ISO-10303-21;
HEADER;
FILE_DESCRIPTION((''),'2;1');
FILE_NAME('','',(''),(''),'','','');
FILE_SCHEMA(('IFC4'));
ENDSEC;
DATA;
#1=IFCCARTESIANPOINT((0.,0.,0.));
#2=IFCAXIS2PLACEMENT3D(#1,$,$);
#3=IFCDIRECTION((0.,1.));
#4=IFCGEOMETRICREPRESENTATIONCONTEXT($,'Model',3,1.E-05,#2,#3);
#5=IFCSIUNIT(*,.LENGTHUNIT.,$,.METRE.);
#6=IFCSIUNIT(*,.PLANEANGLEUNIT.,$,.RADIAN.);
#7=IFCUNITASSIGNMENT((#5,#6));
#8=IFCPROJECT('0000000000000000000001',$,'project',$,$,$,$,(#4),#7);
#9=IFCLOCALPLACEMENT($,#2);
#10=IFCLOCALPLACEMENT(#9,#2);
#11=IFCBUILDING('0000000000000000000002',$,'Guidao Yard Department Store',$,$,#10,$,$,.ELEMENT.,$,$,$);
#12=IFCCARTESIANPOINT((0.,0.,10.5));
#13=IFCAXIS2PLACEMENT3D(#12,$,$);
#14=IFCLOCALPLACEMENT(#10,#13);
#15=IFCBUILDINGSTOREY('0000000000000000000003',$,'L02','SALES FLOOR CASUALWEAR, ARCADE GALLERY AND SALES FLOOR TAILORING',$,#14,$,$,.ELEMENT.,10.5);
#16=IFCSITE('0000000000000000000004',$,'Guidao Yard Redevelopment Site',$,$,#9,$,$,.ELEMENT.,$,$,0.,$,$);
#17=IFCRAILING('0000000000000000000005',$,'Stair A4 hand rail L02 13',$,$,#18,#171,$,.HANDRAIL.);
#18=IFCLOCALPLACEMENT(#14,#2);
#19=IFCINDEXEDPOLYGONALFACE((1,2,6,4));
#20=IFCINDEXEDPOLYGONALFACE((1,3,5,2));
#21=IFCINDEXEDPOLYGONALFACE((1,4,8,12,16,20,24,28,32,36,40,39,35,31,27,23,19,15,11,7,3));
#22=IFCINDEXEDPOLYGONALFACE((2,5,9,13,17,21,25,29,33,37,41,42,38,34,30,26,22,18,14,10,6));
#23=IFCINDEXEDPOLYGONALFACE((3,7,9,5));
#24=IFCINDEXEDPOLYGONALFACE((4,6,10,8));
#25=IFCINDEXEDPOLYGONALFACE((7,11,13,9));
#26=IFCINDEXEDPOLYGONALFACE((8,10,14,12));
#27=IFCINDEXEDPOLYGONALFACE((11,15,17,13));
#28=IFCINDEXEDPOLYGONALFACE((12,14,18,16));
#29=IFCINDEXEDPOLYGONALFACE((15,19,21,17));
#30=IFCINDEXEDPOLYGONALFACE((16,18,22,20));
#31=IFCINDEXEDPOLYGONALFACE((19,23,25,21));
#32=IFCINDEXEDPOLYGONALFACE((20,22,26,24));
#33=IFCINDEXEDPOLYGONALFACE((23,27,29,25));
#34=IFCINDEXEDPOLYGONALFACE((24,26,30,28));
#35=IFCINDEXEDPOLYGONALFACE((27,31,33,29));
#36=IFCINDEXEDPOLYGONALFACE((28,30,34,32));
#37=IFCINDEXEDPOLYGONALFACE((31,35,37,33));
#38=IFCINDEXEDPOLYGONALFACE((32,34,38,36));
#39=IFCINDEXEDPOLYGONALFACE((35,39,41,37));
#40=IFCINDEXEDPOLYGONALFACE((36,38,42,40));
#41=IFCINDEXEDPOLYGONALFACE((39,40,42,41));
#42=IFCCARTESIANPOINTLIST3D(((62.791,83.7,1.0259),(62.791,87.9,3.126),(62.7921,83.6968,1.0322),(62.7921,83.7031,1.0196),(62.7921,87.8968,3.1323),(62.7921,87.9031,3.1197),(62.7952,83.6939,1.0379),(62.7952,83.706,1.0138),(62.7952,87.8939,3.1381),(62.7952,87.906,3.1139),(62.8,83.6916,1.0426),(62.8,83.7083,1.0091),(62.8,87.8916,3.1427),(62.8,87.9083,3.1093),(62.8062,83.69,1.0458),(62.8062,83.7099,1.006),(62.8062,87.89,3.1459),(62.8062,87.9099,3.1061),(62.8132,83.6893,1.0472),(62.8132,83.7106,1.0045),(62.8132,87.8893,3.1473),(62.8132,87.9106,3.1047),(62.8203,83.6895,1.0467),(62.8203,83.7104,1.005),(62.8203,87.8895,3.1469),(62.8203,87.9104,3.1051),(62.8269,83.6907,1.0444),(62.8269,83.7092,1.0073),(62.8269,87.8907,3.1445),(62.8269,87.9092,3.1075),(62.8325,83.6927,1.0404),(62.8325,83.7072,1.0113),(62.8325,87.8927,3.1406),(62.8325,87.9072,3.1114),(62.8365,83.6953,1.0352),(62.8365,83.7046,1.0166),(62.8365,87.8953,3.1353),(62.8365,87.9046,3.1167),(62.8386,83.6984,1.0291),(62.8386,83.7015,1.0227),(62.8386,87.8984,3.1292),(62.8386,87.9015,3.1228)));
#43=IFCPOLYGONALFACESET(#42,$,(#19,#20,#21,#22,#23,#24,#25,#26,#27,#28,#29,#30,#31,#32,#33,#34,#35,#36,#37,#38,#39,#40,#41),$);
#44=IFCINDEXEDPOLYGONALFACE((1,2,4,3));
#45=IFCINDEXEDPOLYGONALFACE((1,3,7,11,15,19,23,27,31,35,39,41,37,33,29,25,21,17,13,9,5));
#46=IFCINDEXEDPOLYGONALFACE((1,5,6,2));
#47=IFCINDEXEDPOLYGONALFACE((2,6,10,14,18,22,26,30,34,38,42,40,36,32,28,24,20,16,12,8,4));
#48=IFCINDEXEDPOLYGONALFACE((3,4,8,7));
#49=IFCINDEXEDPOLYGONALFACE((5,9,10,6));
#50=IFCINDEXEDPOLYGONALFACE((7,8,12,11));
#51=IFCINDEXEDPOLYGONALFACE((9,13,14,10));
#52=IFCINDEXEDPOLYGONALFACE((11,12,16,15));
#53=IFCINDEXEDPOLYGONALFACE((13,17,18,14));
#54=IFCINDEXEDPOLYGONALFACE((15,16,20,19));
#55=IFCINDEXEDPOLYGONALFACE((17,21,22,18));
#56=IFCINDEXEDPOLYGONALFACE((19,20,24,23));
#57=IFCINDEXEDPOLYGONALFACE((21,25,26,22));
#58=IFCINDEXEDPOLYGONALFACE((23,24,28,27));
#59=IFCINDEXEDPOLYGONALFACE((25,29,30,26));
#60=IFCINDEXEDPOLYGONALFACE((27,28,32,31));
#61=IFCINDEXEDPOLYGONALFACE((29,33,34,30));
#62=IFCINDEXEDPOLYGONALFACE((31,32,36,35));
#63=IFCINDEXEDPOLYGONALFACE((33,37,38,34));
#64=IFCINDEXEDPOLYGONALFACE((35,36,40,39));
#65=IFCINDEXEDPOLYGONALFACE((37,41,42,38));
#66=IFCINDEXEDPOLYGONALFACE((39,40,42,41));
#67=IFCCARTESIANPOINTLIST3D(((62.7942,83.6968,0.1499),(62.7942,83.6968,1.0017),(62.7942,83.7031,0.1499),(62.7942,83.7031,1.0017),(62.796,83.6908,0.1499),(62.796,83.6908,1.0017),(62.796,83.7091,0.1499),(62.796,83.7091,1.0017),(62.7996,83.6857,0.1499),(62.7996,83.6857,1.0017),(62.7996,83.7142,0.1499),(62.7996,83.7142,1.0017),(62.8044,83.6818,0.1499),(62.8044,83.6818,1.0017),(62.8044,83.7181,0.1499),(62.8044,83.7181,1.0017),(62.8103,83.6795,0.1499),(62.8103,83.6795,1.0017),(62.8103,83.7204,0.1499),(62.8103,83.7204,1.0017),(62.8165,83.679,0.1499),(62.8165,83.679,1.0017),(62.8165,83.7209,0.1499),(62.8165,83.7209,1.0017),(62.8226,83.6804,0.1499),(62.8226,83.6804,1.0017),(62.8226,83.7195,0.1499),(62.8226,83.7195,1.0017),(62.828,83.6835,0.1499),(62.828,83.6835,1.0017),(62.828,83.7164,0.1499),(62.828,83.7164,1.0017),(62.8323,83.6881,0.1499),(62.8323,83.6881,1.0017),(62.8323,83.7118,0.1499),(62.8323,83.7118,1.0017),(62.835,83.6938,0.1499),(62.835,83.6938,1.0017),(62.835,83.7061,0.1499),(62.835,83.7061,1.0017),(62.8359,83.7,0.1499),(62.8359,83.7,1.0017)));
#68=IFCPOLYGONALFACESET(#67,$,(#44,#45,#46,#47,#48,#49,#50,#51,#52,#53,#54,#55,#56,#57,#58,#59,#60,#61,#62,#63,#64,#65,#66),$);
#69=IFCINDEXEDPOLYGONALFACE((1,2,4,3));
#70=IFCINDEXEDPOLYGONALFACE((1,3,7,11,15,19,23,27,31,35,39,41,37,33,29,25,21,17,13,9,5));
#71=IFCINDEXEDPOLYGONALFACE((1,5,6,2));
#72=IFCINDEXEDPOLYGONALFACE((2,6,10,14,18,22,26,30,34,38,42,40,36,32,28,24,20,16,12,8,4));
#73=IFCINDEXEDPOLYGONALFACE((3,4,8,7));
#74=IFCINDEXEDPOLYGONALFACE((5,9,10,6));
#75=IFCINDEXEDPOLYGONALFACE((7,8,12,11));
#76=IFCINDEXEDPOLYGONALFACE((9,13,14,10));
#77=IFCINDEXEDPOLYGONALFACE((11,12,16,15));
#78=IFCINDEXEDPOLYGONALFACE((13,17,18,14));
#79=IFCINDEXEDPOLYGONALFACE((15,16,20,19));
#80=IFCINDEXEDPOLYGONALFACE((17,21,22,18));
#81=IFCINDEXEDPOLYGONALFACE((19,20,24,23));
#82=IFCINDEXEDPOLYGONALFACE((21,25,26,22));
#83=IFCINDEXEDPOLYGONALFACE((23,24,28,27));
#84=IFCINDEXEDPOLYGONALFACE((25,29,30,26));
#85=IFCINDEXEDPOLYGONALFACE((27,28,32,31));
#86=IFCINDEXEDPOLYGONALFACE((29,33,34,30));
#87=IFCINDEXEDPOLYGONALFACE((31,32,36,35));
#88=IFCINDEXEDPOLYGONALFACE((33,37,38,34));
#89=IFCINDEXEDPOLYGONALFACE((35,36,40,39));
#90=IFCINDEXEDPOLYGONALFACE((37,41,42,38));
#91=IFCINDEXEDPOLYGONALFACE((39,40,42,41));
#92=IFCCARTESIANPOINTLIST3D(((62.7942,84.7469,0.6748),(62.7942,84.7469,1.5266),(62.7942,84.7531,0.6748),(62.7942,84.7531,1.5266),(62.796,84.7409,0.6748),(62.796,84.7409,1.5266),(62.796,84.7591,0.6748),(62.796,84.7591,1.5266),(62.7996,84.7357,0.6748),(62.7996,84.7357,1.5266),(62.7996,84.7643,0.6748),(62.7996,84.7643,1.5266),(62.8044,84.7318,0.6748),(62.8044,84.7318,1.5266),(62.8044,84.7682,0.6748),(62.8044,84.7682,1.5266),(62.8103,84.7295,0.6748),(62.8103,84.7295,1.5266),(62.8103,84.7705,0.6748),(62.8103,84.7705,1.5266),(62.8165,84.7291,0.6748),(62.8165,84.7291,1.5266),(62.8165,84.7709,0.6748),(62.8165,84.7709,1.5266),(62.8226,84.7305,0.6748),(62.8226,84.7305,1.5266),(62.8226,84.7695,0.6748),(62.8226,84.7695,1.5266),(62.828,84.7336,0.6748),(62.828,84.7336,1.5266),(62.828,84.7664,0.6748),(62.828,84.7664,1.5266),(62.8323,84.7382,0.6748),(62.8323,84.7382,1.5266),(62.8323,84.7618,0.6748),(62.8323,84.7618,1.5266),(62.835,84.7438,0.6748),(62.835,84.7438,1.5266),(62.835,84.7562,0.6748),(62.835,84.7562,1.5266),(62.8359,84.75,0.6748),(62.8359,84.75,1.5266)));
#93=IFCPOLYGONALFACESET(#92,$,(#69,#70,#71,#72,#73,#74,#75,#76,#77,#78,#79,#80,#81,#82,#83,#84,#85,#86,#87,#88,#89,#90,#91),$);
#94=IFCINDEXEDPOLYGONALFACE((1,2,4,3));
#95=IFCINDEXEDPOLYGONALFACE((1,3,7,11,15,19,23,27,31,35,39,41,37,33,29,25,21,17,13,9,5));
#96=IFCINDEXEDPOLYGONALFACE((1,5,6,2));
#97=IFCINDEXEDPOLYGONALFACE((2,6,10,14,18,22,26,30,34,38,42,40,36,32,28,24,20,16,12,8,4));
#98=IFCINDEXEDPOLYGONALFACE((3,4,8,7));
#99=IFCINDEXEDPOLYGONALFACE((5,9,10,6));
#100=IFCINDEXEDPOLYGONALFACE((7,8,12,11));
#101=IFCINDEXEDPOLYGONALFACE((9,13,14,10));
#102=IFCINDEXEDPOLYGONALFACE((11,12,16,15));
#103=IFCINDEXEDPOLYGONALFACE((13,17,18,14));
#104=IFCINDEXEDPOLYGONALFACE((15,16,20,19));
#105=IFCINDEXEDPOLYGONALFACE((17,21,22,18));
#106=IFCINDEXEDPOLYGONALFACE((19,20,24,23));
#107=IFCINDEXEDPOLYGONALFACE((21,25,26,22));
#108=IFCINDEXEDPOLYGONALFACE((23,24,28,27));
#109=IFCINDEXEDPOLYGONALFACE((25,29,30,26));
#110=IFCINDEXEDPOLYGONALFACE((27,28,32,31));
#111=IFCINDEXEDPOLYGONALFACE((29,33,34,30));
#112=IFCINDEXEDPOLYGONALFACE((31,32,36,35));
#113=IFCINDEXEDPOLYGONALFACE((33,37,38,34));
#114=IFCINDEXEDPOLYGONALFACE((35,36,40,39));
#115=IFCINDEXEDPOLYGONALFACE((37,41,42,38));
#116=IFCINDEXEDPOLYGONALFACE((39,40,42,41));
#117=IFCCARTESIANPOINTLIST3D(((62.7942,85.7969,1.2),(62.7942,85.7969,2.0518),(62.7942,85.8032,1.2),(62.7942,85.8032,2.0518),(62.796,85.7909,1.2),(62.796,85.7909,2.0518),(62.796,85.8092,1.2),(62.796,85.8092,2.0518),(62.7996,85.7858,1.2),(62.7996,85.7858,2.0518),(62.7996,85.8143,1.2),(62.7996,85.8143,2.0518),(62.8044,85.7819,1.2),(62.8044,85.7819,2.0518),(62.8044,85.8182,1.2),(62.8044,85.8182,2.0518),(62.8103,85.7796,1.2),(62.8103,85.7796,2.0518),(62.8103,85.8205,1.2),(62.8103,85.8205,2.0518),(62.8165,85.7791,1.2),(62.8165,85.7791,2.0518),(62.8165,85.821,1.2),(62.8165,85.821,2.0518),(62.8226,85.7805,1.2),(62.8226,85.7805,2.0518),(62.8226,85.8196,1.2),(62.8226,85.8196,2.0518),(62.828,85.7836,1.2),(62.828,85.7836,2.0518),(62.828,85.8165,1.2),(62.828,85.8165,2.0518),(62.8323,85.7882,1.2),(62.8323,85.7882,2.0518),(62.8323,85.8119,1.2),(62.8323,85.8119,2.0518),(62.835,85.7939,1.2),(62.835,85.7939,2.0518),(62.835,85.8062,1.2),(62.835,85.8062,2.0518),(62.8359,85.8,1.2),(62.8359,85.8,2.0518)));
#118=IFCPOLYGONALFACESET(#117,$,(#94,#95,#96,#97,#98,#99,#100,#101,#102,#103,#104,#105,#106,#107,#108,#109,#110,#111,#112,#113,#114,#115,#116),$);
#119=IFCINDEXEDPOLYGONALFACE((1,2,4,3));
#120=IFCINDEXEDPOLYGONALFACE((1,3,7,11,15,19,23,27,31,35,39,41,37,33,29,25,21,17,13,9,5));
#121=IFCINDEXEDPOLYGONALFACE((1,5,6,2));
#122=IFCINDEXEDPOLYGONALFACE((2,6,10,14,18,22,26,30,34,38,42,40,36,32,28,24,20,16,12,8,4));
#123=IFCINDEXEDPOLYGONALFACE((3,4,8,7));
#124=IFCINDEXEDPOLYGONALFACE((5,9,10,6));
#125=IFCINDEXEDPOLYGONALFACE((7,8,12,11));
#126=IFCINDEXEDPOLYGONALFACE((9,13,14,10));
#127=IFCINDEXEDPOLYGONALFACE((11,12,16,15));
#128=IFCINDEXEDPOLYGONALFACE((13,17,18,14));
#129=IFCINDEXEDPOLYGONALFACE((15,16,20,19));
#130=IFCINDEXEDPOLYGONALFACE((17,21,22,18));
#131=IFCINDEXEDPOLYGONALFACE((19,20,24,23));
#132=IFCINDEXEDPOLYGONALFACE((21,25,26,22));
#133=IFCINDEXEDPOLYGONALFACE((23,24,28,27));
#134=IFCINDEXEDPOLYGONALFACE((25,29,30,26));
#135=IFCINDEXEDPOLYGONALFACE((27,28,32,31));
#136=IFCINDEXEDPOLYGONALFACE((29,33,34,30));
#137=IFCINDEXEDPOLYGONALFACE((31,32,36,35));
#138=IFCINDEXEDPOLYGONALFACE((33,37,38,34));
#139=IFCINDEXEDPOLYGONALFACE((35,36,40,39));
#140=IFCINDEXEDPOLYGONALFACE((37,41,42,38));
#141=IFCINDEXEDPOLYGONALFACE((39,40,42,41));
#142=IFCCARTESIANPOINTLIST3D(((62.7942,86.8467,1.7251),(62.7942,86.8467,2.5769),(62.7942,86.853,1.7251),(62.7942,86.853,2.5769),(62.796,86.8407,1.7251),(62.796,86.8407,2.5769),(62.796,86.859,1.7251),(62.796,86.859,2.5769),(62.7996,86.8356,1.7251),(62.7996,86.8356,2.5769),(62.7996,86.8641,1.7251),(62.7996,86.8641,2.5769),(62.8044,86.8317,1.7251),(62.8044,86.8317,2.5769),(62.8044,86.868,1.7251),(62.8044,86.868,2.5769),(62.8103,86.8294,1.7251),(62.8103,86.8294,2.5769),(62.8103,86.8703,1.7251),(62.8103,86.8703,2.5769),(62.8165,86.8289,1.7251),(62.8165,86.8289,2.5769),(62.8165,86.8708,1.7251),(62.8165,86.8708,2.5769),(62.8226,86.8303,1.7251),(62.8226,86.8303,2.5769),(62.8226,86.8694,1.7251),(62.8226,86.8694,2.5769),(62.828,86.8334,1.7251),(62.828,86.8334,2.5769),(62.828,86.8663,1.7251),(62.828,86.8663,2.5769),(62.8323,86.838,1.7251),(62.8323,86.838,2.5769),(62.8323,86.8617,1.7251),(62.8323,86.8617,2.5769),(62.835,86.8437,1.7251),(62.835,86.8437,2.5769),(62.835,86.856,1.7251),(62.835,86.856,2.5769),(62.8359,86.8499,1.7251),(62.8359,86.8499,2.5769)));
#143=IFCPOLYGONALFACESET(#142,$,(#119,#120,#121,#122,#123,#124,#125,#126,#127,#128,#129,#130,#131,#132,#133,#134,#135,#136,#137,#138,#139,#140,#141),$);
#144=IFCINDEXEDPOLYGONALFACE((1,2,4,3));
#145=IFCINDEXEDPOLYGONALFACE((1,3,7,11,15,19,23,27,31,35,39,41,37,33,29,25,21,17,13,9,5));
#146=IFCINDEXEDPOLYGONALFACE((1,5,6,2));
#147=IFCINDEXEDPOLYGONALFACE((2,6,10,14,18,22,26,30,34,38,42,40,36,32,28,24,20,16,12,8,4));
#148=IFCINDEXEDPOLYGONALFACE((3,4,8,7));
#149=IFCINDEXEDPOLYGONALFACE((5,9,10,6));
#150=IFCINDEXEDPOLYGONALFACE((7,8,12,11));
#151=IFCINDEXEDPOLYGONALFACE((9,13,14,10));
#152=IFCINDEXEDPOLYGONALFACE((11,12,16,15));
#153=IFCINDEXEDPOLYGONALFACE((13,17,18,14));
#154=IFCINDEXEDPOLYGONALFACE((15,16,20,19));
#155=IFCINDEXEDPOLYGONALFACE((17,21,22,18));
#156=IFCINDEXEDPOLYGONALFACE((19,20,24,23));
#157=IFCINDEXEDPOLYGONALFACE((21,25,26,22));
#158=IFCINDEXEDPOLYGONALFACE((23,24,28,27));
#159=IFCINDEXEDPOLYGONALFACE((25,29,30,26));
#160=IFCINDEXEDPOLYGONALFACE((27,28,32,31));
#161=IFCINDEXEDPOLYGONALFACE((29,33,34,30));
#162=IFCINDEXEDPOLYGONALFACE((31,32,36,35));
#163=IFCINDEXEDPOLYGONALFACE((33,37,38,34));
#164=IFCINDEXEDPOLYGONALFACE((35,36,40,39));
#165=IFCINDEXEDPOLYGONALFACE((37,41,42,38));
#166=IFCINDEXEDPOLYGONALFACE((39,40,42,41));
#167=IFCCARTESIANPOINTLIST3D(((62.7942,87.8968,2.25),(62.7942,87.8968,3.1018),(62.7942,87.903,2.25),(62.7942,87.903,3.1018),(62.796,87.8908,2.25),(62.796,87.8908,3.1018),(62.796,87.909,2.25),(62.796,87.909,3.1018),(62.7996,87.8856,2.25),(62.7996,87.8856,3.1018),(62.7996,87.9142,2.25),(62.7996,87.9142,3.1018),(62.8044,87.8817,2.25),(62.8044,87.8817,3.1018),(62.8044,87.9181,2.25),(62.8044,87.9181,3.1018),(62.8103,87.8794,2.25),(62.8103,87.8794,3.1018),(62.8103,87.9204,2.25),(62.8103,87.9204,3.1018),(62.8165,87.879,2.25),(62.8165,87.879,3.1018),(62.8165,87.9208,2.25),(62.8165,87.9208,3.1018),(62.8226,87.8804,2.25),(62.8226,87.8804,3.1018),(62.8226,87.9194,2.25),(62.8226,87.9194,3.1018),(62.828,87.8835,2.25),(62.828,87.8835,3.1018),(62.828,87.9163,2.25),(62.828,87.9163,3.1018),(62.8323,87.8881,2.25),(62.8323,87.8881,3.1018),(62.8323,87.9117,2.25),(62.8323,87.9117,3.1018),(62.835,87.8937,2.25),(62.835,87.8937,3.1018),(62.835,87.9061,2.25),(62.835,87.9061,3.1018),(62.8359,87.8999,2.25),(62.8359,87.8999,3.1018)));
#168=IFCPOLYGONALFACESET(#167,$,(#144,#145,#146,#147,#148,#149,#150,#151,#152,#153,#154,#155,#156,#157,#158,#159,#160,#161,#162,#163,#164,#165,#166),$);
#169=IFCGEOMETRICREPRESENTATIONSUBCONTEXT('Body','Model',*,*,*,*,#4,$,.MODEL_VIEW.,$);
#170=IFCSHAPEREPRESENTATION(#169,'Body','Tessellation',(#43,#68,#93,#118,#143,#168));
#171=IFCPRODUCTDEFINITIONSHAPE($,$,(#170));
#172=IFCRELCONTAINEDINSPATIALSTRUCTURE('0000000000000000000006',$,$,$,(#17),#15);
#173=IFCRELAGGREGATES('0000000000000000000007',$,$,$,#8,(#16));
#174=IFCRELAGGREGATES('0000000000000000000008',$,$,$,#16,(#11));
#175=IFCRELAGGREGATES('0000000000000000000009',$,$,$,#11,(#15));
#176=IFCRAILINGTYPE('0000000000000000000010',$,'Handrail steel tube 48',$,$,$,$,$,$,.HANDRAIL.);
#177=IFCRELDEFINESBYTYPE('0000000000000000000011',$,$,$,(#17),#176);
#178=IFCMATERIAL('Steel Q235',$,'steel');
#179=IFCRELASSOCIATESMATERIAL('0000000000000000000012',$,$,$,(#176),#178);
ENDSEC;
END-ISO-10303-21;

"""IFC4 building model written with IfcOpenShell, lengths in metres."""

from ifc_helpers import new_model, si_unit, direction, frame, origin, origin_2d, place, context, subcontext, project, spatial, circle, extrude, material, type_object, element, save


model = new_model("IFC4")

# Units and contexts
model_context = context("Model", 3, precision=1e-05, world=origin(), true_north=direction((0.0, 1.0)))
body_context = subcontext(model_context, "Body", "Model", "MODEL_VIEW")
ifc_project = project(units=[si_unit("LENGTHUNIT", "METRE"), si_unit("PLANEANGLEUNIT", "RADIAN")], contexts=[model_context])

# Site, building, storey
site_placement = place(None, origin())
site = spatial("IfcSite", under=ifc_project, at=site_placement, Name="Guidao Yard Redevelopment Site", CompositionType="ELEMENT", RefElevation=0.0)
building_placement = place(site_placement, origin())
building = spatial("IfcBuilding", under=site, at=building_placement, Name="Guidao Yard Department Store", CompositionType="ELEMENT")
storey_placement = place(building_placement, frame((0.0, 0.0, 10.5)))
storey = spatial("IfcBuildingStorey", under=building, at=storey_placement, Name="L02", Description="SALES FLOOR CASUALWEAR, ARCADE GALLERY AND SALES FLOOR TAILORING", CompositionType="ELEMENT", Elevation=10.5)

# Railing
ifc_material_1 = material(Name="Steel Q235", Category="steel")
railing_type = type_object("IfcRailingType", Name="Handrail steel tube 48", PredefinedType="HANDRAIL", material=ifc_material_1)
for number, where, name in (
    (1, (62.8149, 83.7, 0.1499), "Stair A4 hand rail L02 13"),
):
    element("IfcRailing", number, at=place(storey_placement, frame(where)), inside=storey, type_object=railing_type, Name=name, PredefinedType="HANDRAIL", context=body_context, shape_type="SweptSolid", body=[
        extrude(circle(Radius=0.0239, at=origin_2d()), frame((0.0, 0.0, 0.876), z_axis=(0.0, 0.894417, 0.447234), x_axis=(-1.0, 0.0, 0.0)), (0.0, 0.0, 1.0), 4.6958),
        extrude(circle(Radius=0.021, at=origin_2d()), origin(), (0.0, 0.0, 1.0), 0.8518),
        extrude(circle(Radius=0.021, at=origin_2d()), frame((0.0, 1.05, 0.5249)), (0.0, 0.0, 1.0), 0.8518),
        extrude(circle(Radius=0.021, at=origin_2d()), frame((0.0, 2.1001, 1.05)), (0.0, 0.0, 1.0), 0.8518),
        extrude(circle(Radius=0.021, at=origin_2d()), frame((0.0, 3.1499, 1.5752)), (0.0, 0.0, 1.0), 0.8518),
        extrude(circle(Radius=0.021, at=origin_2d()), frame((0.0, 4.2, 2.1001)), (0.0, 0.0, 1.0), 0.8518),
    ])

save(model, "model.ifc")
